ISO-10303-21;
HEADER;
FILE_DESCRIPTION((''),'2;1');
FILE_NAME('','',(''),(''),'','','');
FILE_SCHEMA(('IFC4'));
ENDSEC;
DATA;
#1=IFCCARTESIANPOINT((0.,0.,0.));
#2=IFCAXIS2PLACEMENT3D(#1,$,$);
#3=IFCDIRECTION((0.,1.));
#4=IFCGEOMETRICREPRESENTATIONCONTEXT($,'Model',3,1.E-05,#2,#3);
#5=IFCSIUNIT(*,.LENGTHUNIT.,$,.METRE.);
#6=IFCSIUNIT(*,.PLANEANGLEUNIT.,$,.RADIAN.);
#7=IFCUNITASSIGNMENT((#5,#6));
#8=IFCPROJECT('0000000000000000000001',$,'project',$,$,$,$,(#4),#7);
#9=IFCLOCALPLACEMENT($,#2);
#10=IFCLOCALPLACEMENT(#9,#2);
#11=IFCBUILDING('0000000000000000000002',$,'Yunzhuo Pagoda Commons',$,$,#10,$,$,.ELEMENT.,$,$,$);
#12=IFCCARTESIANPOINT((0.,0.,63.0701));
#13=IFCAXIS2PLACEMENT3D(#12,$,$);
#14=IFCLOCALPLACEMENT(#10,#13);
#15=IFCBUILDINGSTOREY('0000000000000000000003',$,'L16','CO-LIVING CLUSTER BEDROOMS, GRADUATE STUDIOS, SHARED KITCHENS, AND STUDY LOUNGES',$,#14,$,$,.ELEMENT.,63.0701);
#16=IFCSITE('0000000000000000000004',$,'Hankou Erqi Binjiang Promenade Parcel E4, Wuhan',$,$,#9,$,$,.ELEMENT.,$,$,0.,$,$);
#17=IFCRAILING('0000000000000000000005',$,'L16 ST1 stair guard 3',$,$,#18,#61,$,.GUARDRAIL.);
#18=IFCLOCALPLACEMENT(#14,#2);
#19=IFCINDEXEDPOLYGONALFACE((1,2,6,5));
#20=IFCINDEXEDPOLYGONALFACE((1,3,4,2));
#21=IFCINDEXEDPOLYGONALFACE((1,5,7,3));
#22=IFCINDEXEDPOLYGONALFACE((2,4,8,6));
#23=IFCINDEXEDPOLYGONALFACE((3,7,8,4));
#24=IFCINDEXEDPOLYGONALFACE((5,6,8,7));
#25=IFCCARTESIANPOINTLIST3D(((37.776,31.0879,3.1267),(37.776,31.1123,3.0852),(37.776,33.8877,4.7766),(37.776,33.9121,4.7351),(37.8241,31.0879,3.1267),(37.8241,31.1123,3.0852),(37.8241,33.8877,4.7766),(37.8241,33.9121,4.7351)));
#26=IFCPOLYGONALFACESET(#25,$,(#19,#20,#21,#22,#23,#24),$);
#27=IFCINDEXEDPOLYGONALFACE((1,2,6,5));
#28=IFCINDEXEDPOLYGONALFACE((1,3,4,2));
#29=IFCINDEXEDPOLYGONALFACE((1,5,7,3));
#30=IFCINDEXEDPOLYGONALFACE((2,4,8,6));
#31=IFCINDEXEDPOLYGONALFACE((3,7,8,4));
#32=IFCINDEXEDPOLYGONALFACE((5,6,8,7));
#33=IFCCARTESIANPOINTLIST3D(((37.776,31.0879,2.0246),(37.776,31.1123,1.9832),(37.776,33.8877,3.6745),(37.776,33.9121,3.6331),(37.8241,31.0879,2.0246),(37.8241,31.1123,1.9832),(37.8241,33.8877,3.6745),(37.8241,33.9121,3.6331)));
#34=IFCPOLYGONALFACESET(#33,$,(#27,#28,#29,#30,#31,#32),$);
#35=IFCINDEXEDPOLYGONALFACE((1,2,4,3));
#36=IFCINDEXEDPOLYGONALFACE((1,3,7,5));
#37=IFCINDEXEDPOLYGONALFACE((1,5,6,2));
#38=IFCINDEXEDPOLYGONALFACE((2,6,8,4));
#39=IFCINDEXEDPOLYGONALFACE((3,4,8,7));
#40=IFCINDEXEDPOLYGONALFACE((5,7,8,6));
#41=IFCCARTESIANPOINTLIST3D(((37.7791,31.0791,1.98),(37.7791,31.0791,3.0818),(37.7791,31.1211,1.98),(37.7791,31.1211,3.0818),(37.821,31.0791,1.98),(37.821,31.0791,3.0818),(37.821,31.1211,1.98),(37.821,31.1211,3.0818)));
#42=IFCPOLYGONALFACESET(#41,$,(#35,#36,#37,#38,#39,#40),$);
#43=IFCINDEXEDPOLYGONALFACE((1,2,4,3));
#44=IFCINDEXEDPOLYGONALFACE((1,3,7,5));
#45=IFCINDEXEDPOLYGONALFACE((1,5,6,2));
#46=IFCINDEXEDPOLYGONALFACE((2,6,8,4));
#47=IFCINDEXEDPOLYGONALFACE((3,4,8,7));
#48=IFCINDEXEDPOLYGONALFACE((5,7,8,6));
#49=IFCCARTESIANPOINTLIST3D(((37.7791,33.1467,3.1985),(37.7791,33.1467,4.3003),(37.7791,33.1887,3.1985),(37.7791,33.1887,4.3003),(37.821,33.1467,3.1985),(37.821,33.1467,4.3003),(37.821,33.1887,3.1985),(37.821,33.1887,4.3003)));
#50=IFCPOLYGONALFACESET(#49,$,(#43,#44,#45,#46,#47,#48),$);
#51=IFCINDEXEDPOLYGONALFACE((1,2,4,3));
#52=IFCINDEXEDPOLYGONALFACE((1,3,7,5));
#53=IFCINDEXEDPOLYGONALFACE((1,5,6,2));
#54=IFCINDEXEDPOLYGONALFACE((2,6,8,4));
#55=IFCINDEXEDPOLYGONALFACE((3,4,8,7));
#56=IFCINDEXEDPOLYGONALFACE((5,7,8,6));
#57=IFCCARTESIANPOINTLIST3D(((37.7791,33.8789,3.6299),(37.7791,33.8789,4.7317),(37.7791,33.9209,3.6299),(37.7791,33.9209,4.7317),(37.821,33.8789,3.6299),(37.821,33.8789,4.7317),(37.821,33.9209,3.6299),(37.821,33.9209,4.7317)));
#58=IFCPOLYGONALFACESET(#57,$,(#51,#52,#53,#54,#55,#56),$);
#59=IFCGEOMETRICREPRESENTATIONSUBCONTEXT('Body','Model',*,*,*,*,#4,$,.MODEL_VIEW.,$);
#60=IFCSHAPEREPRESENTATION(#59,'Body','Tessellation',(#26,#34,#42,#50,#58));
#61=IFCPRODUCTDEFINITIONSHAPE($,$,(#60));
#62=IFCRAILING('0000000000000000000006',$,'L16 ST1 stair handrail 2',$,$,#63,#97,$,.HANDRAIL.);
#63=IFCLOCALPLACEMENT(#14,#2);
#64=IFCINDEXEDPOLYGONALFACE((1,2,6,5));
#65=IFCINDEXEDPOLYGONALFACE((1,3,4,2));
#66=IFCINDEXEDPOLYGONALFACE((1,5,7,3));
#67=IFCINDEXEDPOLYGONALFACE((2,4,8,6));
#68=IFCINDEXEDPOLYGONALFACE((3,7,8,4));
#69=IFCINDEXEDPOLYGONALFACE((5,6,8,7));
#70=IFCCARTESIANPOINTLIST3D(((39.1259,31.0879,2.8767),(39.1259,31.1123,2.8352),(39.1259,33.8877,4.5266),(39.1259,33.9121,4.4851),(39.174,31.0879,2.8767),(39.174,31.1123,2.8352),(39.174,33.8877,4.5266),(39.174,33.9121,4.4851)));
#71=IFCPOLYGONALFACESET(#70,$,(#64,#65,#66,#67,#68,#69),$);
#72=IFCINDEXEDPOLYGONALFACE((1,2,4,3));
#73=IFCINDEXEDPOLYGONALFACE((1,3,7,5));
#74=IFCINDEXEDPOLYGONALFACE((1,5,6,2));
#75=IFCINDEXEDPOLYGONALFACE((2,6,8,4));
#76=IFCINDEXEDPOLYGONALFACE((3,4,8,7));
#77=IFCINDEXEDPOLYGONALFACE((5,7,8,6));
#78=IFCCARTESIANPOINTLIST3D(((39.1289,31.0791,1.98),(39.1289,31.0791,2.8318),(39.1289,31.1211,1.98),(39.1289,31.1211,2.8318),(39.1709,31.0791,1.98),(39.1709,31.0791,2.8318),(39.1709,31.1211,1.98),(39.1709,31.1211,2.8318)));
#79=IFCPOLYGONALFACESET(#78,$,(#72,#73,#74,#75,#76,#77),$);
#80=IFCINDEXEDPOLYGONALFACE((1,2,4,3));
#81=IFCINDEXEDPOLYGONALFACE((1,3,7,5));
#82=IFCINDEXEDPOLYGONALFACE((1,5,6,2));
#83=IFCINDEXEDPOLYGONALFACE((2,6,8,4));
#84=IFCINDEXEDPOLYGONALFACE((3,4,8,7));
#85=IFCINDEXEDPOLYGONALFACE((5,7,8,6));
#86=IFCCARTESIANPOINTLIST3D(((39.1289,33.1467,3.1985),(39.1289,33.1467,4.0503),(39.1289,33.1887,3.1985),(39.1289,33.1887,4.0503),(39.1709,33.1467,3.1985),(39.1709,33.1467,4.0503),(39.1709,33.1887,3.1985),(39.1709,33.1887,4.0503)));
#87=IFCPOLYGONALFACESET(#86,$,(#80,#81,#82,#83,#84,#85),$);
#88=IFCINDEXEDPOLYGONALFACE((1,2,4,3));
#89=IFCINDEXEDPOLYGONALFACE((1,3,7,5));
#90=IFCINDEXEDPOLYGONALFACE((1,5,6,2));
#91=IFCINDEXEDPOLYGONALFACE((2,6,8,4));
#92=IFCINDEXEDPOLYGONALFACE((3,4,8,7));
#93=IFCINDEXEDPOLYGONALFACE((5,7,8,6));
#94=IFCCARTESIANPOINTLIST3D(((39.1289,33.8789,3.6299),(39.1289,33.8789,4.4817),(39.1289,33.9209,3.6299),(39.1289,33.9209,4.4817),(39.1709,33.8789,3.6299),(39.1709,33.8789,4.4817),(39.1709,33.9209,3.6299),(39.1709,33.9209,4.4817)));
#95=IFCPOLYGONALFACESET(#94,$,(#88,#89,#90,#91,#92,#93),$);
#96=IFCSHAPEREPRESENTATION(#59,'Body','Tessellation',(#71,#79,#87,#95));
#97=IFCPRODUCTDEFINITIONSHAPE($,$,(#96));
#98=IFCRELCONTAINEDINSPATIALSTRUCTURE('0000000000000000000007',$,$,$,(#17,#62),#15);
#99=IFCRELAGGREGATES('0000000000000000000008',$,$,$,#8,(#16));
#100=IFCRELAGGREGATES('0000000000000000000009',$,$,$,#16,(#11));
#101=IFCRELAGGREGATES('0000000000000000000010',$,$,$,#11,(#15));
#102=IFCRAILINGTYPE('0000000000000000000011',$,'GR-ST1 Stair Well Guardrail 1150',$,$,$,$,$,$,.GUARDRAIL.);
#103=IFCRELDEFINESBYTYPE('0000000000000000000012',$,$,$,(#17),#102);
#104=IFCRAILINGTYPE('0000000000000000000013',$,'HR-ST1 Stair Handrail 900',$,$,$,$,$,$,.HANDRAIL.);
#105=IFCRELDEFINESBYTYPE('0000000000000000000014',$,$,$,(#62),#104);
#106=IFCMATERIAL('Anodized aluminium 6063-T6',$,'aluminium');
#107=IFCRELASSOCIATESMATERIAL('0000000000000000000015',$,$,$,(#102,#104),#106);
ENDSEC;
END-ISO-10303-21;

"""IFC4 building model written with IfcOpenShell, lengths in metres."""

from ifc_helpers import new_model, si_unit, direction, frame, origin, origin_2d, place, context, subcontext, project, spatial, rectangle, extrude, material, type_object, element, save


model = new_model("IFC4")

# Units and contexts
model_context = context("Model", 3, precision=1e-05, world=origin(), true_north=direction((0.0, 1.0)))
body_context = subcontext(model_context, "Body", "Model", "MODEL_VIEW")
ifc_project = project(units=[si_unit("LENGTHUNIT", "METRE"), si_unit("PLANEANGLEUNIT", "RADIAN")], contexts=[model_context])

# Site, building, storey
site_placement = place(None, origin())
site = spatial("IfcSite", under=ifc_project, at=site_placement, Name="Hankou Erqi Binjiang Promenade Parcel E4, Wuhan", CompositionType="ELEMENT", RefElevation=0.0)
building_placement = place(site_placement, origin())
building = spatial("IfcBuilding", under=site, at=building_placement, Name="Yunzhuo Pagoda Commons", CompositionType="ELEMENT")
storey_placement = place(building_placement, frame((0.0, 0.0, 63.0701)))
storey = spatial("IfcBuildingStorey", under=building, at=storey_placement, Name="L16", Description="CO-LIVING CLUSTER BEDROOMS, GRADUATE STUDIOS, SHARED KITCHENS, AND STUDY LOUNGES", CompositionType="ELEMENT", Elevation=63.0701)

# Railings
ifc_material_1 = material(Name="Anodized aluminium 6063-T6", Category="aluminium")
railing_type_1 = type_object("IfcRailingType", Name="GR-ST1 Stair Well Guardrail 1150", PredefinedType="GUARDRAIL", material=ifc_material_1)
railing_1_placement = place(storey_placement, frame((37.8, 31.1001, 1.98)))
element("IfcRailing", 1, at=railing_1_placement, inside=storey, type_object=railing_type_1, Name="L16 ST1 stair guard 3", PredefinedType="GUARDRAIL", context=body_context, shape_type="SweptSolid", body=[
    extrude(rectangle(XDim=0.0481, YDim=0.0481, at=origin_2d()), frame((0.0, 0.0, 1.126), z_axis=(0.0, 0.861536, 0.507696), x_axis=(-1.0, 0.0, 0.0)), (0.0, 0.0, 1.0), 3.2498),
    extrude(rectangle(XDim=0.0481, YDim=0.0481, at=origin_2d()), frame((0.0, 0.0, 0.0239), z_axis=(0.0, 0.861536, 0.507696), x_axis=(-1.0, 0.0, 0.0)), (0.0, 0.0, 1.0), 3.2498),
    extrude(rectangle(XDim=0.042, YDim=0.042, at=origin_2d()), origin(), (0.0, 0.0, 1.0), 1.1018),
    extrude(rectangle(XDim=0.042, YDim=0.042, at=origin_2d()), frame((0.0, 2.0676, 1.2185)), (0.0, 0.0, 1.0), 1.1018),
    extrude(rectangle(XDim=0.042, YDim=0.042, at=origin_2d()), frame((0.0, 2.7998, 1.6499)), (0.0, 0.0, 1.0), 1.1018),
])
railing_type_2 = type_object("IfcRailingType", Name="HR-ST1 Stair Handrail 900", PredefinedType="HANDRAIL", material=ifc_material_1)
railing_2_placement = place(storey_placement, frame((39.1499, 31.1001, 1.98)))
element("IfcRailing", 2, at=railing_2_placement, inside=storey, type_object=railing_type_2, Name="L16 ST1 stair handrail 2", PredefinedType="HANDRAIL", context=body_context, shape_type="SweptSolid", body=[
    extrude(rectangle(XDim=0.0481, YDim=0.0481, at=origin_2d()), frame((0.0, 0.0, 0.876), z_axis=(0.0, 0.861536, 0.507696), x_axis=(-1.0, 0.0, 0.0)), (0.0, 0.0, 1.0), 3.2498),
    extrude(rectangle(XDim=0.042, YDim=0.042, at=origin_2d()), origin(), (0.0, 0.0, 1.0), 0.8518),
    extrude(rectangle(XDim=0.042, YDim=0.042, at=origin_2d()), frame((0.0, 2.0676, 1.2185)), (0.0, 0.0, 1.0), 0.8518),
    extrude(rectangle(XDim=0.042, YDim=0.042, at=origin_2d()), frame((0.0, 2.7998, 1.6499)), (0.0, 0.0, 1.0), 0.8518),
])

save(model, "model.ifc")
